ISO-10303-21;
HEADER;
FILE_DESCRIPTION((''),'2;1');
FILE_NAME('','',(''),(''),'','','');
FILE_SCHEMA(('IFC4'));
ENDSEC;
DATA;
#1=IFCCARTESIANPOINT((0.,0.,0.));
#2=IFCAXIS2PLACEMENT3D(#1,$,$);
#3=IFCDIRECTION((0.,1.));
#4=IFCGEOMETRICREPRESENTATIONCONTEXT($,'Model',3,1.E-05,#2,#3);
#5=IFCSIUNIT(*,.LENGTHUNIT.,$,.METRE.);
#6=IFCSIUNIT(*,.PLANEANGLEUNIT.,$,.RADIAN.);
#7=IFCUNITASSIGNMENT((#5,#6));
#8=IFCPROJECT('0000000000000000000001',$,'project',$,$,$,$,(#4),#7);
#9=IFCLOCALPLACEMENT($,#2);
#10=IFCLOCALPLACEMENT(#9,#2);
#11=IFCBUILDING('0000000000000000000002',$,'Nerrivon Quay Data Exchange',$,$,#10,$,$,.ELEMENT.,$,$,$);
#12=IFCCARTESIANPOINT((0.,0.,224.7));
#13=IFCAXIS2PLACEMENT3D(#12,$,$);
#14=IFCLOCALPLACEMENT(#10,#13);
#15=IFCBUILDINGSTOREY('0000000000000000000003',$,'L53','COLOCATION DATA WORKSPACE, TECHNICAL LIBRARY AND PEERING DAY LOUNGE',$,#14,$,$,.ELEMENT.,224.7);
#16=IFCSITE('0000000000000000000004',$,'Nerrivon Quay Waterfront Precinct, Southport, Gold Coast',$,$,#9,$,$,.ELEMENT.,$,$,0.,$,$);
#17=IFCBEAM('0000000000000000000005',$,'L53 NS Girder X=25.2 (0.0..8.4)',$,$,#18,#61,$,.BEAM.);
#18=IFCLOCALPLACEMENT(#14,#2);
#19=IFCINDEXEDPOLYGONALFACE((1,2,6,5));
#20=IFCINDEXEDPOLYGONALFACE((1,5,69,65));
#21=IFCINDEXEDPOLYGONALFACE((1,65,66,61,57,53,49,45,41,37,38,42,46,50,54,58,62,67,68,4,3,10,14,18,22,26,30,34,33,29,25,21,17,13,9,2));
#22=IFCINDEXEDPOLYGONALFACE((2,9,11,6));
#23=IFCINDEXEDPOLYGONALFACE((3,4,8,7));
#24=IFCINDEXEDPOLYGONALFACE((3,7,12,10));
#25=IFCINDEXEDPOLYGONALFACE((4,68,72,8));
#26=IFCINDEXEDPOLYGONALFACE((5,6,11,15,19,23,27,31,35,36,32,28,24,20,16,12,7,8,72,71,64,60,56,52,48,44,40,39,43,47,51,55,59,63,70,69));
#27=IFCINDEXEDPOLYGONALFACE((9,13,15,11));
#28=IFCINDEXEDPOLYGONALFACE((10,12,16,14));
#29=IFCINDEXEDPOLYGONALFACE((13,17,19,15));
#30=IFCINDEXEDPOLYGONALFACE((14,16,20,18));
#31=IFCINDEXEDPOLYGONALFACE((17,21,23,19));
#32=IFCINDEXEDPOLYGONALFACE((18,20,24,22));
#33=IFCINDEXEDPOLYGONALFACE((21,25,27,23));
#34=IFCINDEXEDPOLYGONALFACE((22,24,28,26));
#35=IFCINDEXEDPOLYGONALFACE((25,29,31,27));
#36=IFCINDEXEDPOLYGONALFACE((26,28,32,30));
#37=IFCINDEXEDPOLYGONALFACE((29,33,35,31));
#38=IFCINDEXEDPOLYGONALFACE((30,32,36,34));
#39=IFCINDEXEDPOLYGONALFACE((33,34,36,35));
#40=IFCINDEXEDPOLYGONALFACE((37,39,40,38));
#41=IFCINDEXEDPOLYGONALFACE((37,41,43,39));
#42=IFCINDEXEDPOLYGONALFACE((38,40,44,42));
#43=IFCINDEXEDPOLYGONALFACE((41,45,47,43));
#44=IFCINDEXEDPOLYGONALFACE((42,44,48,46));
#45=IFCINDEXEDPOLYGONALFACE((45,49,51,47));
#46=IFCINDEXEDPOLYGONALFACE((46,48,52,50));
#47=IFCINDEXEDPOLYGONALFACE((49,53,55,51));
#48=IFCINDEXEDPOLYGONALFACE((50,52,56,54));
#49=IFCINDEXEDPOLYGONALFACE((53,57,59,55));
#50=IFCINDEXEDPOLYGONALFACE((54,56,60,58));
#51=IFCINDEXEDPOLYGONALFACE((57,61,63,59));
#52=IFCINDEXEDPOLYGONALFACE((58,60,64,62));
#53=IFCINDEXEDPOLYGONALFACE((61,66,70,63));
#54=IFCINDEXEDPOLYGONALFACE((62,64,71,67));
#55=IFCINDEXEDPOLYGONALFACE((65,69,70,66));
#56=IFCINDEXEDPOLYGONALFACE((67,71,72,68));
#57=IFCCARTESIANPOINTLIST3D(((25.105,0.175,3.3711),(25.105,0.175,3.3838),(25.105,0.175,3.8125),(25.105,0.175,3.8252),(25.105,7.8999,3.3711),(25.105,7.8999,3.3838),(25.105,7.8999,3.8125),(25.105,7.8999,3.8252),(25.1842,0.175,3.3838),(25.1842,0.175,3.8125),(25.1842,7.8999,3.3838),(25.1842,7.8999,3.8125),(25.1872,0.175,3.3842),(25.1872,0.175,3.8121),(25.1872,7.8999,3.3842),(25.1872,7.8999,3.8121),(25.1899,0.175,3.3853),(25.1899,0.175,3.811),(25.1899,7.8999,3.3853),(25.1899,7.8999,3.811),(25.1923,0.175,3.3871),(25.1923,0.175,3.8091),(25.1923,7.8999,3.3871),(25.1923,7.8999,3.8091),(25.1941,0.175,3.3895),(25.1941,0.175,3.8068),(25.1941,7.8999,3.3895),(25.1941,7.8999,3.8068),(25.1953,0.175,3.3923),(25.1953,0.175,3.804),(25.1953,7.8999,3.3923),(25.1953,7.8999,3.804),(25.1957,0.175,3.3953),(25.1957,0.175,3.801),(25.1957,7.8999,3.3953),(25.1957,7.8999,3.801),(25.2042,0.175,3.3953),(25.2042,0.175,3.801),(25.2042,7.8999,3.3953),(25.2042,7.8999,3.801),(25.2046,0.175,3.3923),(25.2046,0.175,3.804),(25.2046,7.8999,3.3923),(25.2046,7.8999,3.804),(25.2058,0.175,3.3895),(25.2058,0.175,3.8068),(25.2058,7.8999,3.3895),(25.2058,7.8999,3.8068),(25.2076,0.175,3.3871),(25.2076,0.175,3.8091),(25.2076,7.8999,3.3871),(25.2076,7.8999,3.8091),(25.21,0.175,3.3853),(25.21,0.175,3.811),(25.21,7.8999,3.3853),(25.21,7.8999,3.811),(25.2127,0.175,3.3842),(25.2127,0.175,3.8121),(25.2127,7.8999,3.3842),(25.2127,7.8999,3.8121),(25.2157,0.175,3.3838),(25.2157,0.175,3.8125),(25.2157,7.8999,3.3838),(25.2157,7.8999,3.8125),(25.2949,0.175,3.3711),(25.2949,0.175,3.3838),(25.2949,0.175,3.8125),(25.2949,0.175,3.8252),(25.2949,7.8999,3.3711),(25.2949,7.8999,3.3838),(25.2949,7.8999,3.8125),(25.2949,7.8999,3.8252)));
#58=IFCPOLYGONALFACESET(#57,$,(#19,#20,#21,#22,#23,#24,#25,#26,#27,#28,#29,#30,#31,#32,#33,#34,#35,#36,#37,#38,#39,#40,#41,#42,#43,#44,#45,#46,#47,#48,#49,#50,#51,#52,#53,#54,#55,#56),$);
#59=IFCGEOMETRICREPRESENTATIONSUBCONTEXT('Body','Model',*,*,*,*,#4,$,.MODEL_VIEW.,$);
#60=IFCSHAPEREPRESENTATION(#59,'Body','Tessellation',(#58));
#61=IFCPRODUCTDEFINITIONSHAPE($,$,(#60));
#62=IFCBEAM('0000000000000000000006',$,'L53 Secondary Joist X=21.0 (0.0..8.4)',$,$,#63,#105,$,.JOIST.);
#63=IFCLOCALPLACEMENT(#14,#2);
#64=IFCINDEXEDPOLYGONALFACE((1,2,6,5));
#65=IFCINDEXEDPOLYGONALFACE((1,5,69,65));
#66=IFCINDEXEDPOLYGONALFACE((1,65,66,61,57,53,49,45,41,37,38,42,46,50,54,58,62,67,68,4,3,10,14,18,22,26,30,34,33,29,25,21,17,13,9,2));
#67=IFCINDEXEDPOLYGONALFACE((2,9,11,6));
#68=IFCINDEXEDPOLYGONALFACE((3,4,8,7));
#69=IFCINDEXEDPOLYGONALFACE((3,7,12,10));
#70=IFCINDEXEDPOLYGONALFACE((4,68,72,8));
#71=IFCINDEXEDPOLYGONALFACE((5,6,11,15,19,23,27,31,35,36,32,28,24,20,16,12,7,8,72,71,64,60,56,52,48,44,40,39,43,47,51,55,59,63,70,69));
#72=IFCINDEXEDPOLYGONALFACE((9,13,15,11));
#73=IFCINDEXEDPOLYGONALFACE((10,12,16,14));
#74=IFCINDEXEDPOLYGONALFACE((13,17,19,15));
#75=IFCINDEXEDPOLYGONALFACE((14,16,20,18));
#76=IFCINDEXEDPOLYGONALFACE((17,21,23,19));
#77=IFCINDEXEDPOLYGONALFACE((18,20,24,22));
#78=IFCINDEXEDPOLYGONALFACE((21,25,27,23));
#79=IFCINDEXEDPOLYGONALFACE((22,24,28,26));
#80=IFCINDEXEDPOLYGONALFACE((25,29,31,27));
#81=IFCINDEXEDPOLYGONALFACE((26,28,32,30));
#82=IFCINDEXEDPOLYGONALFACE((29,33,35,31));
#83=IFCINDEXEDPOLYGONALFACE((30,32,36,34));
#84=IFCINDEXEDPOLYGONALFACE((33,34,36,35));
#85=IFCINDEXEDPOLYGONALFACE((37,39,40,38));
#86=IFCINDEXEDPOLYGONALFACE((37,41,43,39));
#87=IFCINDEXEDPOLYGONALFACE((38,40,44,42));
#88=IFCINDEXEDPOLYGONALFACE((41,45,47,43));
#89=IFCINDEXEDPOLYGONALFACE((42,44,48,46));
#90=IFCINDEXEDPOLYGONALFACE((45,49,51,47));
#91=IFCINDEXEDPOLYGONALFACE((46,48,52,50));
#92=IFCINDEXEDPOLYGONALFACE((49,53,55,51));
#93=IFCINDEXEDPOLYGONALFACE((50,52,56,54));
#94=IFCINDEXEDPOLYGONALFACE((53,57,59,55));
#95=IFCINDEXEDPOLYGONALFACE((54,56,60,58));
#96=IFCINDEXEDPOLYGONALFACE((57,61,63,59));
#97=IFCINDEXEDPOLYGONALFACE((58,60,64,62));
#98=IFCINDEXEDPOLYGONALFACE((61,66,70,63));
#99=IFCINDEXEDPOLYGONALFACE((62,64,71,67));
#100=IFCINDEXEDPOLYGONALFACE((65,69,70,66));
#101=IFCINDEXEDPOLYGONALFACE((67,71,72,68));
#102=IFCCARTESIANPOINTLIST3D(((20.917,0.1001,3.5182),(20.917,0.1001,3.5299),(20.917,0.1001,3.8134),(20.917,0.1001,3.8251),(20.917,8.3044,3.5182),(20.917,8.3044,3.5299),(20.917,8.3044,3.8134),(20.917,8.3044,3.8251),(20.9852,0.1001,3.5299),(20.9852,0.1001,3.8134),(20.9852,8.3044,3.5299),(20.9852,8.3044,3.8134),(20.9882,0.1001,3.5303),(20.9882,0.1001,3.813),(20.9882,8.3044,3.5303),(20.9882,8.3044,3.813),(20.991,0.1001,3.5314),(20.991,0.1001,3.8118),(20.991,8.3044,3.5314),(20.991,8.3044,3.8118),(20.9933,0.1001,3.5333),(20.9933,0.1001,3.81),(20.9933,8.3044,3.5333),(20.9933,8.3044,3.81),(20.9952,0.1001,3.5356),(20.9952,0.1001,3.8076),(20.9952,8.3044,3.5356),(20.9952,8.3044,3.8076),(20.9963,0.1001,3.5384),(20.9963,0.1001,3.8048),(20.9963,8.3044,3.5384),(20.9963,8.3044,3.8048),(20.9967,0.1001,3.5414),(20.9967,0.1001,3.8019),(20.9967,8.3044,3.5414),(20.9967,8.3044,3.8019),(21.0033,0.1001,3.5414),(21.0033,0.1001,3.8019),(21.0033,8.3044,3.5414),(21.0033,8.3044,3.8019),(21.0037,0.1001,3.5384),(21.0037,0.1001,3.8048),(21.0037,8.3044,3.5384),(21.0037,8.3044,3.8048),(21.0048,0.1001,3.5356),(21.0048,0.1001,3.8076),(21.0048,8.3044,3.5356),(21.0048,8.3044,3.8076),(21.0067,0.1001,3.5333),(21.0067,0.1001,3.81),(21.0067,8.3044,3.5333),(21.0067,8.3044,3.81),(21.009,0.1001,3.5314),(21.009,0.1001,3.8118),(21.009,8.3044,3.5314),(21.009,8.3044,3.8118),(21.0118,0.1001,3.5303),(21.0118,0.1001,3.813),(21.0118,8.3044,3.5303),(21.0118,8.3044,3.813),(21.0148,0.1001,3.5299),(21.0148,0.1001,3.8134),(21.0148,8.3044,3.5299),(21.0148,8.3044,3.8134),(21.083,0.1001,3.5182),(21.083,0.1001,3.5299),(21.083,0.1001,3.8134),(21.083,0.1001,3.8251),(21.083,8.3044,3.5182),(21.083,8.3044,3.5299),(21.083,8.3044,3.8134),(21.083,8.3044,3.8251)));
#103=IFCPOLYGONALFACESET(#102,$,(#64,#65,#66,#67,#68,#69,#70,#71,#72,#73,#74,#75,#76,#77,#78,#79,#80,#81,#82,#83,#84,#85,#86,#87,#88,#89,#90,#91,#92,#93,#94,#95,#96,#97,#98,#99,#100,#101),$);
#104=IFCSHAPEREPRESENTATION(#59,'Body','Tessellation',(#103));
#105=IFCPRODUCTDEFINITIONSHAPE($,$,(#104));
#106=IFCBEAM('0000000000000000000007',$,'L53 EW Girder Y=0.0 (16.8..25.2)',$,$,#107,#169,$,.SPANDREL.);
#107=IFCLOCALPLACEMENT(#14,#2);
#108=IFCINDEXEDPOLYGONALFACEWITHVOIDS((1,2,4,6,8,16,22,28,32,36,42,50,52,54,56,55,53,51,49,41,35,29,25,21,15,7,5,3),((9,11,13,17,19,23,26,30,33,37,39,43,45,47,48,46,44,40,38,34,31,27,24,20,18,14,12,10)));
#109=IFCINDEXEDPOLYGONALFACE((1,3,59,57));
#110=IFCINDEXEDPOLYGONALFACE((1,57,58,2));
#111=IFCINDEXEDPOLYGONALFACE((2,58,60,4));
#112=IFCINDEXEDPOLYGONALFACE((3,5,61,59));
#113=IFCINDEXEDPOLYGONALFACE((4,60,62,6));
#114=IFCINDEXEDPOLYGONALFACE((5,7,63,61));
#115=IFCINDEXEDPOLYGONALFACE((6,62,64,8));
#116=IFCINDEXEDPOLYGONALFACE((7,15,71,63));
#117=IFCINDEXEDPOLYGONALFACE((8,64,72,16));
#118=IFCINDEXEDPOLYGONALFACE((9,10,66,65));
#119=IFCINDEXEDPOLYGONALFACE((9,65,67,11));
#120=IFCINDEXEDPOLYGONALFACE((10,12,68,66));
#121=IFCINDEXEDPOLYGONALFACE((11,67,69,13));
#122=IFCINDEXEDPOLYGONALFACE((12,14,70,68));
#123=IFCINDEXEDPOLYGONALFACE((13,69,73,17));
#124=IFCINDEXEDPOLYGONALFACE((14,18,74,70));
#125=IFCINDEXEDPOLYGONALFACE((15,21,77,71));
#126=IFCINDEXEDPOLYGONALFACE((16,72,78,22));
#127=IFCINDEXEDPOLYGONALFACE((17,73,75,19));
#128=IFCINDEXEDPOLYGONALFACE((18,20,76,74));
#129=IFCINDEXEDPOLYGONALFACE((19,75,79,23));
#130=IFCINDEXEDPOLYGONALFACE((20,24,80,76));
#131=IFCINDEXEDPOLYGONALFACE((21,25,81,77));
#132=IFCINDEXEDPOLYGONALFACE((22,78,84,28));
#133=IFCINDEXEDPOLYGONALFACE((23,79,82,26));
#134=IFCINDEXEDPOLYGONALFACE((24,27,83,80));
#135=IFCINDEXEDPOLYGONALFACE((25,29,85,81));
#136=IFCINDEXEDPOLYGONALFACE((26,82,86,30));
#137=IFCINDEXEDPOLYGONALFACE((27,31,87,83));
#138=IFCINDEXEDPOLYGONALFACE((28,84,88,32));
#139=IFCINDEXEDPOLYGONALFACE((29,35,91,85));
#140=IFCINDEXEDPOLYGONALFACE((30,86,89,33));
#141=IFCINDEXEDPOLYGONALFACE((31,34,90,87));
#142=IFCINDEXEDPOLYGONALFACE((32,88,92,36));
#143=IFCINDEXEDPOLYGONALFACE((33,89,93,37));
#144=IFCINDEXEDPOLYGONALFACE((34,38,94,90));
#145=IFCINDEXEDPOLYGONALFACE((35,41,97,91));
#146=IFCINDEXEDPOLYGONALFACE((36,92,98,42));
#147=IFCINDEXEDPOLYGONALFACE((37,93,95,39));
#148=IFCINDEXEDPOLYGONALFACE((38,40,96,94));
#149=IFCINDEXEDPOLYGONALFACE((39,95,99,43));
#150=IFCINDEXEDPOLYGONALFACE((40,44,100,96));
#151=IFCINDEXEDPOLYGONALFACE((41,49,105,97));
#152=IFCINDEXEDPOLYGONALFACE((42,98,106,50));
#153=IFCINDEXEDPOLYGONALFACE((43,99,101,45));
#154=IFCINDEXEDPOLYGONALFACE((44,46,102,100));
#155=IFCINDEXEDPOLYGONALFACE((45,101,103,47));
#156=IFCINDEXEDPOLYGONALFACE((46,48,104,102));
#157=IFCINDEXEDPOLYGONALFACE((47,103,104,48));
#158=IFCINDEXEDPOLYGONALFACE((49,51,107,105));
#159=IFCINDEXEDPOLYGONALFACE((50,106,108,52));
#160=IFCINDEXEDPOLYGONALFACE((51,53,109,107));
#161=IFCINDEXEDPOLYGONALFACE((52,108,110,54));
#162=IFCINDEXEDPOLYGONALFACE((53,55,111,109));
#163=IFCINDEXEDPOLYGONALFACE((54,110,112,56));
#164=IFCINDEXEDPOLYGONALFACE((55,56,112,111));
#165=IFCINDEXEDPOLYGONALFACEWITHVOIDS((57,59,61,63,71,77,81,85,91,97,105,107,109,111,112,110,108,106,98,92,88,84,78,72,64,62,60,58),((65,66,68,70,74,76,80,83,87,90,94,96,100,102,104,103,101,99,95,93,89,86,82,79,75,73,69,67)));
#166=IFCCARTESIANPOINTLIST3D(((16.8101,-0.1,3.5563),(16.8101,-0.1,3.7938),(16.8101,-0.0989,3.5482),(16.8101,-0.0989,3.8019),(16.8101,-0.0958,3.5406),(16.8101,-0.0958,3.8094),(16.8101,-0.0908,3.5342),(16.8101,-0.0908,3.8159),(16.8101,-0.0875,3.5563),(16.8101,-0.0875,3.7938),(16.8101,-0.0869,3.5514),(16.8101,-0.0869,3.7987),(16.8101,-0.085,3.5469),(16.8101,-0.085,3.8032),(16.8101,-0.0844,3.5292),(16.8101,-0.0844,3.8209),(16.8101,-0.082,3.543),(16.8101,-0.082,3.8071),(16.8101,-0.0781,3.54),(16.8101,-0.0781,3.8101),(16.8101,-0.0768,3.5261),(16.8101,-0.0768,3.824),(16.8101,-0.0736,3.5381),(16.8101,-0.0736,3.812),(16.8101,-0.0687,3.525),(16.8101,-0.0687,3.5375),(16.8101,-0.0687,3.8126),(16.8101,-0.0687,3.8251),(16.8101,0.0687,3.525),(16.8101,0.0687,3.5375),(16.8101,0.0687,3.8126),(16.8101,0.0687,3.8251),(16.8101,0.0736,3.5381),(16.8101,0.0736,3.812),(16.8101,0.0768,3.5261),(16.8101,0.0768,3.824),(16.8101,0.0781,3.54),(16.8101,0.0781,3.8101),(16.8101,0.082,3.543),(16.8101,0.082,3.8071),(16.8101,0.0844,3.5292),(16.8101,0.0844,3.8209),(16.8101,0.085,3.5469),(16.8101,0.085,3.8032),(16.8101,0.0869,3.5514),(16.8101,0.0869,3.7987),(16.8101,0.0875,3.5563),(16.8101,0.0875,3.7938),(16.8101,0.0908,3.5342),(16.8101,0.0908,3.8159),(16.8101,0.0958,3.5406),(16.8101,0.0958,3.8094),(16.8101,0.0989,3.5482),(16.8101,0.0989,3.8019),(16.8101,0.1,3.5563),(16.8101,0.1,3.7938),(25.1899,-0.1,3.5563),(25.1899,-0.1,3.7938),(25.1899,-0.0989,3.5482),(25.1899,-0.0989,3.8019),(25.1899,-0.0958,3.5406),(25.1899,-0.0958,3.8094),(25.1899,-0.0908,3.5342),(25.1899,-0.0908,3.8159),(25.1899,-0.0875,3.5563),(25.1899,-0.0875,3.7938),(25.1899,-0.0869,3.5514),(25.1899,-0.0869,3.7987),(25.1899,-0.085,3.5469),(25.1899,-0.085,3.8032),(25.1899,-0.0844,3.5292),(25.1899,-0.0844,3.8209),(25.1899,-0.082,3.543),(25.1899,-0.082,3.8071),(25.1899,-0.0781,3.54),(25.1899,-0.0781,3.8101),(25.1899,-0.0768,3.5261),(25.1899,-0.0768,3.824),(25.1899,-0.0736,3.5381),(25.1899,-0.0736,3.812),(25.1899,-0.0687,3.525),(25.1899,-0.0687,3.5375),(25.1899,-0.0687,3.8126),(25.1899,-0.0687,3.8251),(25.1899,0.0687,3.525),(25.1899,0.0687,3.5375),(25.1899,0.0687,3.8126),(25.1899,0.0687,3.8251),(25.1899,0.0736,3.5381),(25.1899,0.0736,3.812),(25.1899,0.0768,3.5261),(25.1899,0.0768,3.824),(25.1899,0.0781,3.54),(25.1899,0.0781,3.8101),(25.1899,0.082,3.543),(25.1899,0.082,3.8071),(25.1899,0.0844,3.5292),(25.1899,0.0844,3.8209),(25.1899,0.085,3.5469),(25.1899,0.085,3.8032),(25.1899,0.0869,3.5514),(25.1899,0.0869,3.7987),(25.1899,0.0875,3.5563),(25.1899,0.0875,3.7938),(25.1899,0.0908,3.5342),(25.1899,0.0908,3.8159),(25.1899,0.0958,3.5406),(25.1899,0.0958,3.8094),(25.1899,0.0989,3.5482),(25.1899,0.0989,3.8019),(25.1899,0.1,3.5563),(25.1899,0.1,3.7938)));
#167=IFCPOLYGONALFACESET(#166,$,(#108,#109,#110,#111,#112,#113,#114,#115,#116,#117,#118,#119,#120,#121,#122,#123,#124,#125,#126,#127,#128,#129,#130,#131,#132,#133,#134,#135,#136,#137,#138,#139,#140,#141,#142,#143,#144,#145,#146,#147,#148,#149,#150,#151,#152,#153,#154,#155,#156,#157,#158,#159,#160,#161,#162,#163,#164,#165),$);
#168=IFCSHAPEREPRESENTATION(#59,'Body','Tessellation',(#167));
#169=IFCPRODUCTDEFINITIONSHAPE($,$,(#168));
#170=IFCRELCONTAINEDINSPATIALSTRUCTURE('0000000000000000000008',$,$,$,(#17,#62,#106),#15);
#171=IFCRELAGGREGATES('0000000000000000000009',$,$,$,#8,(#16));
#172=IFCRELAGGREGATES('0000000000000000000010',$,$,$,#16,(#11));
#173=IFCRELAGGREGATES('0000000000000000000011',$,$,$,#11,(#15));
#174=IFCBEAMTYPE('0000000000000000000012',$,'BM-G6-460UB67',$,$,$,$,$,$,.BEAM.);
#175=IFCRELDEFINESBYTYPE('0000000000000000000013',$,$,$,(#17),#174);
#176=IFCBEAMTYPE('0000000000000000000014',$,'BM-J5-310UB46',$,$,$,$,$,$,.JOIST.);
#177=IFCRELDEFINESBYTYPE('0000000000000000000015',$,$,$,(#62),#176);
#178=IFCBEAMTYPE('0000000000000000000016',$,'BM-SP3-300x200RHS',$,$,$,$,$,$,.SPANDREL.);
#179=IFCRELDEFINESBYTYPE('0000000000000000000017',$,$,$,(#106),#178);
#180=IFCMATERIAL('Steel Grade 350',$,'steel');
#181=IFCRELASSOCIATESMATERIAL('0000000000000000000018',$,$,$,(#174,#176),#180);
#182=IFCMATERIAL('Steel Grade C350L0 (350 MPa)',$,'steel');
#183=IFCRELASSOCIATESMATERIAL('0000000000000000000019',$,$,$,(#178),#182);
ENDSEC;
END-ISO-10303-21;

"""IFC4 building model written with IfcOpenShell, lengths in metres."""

from ifc_helpers import new_model, si_unit, direction, frame, origin, origin_2d, place, context, subcontext, project, spatial, hollow_rectangle, i_section, extrude, material, material_profile, profile_set, type_object, element, save


model = new_model("IFC4")

# Units and contexts
model_context = context("Model", 3, precision=1e-05, world=origin(), true_north=direction((0.0, 1.0)))
body_context = subcontext(model_context, "Body", "Model", "MODEL_VIEW")
ifc_project = project(units=[si_unit("LENGTHUNIT", "METRE"), si_unit("PLANEANGLEUNIT", "RADIAN")], contexts=[model_context])

# Site, building, storey
site_placement = place(None, origin())
site = spatial("IfcSite", under=ifc_project, at=site_placement, Name="Nerrivon Quay Waterfront Precinct, Southport, Gold Coast", CompositionType="ELEMENT", RefElevation=0.0)
building_placement = place(site_placement, origin())
building = spatial("IfcBuilding", under=site, at=building_placement, Name="Nerrivon Quay Data Exchange", CompositionType="ELEMENT")
storey_placement = place(building_placement, frame((0.0, 0.0, 224.7)))
storey = spatial("IfcBuildingStorey", under=building, at=storey_placement, Name="L53", Description="COLOCATION DATA WORKSPACE, TECHNICAL LIBRARY AND PEERING DAY LOUNGE", CompositionType="ELEMENT", Elevation=224.7)

# Shared definitions
ifc_material_1 = material(Name="Steel Grade 350", Category="steel")

# Beams
ifc_material_profile_1 = material_profile(ifc_material_1, i_section(OverallWidth=0.1899, OverallDepth=0.4541, WebThickness=0.0085, FlangeThickness=0.0127, FilletRadius=0.0115, at=origin_2d()), Name="460UB67.1")
ifc_profile_set_1 = profile_set([ifc_material_profile_1], Name="Steel Grade 350")
beam_type_1 = type_object("IfcBeamType", Name="BM-G6-460UB67", PredefinedType="BEAM", material=ifc_profile_set_1)
for number, where, z_axis, x_axis, name in (
    (1, (25.2, 0.175, 3.5981), (0.0, 1.0, 0.0), (-1.0, 0.0, 0.0), "L53 NS Girder X=25.2 (0.0..8.4)"),
):
    element("IfcBeam", number, at=place(storey_placement, frame(where, z_axis=z_axis, x_axis=x_axis)), inside=storey, type_object=beam_type_1, Name=name, PredefinedType="BEAM", context=body_context, shape_type="SweptSolid", body=[
        extrude(i_section(OverallWidth=0.1899, OverallDepth=0.4541, WebThickness=0.0085, FlangeThickness=0.0127, FilletRadius=0.0115, at=origin_2d()), origin(), (0.0, 0.0, 1.0), 7.7249),
    ])
ifc_material_profile_2 = material_profile(ifc_material_1, i_section(OverallWidth=0.166, OverallDepth=0.3069, WebThickness=0.0066, FlangeThickness=0.0117, FilletRadius=0.0115, at=origin_2d()), Name="310UB46.2")
ifc_profile_set_2 = profile_set([ifc_material_profile_2], Name="Steel Grade 350")
beam_type_2 = type_object("IfcBeamType", Name="BM-J5-310UB46", PredefinedType="JOIST", material=ifc_profile_set_2)
beam_1_placement = place(storey_placement, frame((21.0, 0.1001, 3.6716), z_axis=(0.0, 1.0, 0.0), x_axis=(-1.0, 0.0, 0.0)))
element("IfcBeam", 2, at=beam_1_placement, inside=storey, type_object=beam_type_2, Name="L53 Secondary Joist X=21.0 (0.0..8.4)", PredefinedType="JOIST", context=body_context, shape_type="SweptSolid", body=[
    extrude(i_section(OverallWidth=0.166, OverallDepth=0.3069, WebThickness=0.0066, FlangeThickness=0.0117, FilletRadius=0.0115, at=origin_2d()), origin(), (0.0, 0.0, 1.0), 8.2043),
])
ifc_material_2 = material(Name="Steel Grade C350L0 (350 MPa)", Category="steel")
ifc_material_profile_3 = material_profile(ifc_material_2, hollow_rectangle(XDim=0.2, YDim=0.3, WallThickness=0.0125, InnerFilletRadius=0.0188, OuterFilletRadius=0.0312, at=origin_2d()), Name="300x200x12.5RHS")
ifc_profile_set_3 = profile_set([ifc_material_profile_3], Name="Steel Grade C350L0 (350 MPa)")
beam_type_3 = type_object("IfcBeamType", Name="BM-SP3-300x200RHS", PredefinedType="SPANDREL", material=ifc_profile_set_3)
beam_2_placement = place(storey_placement, frame((16.8101, 0.0, 3.675), z_axis=(1.0, 0.0, 0.0), x_axis=(0.0, 1.0, 0.0)))
element("IfcBeam", 3, at=beam_2_placement, inside=storey, type_object=beam_type_3, Name="L53 EW Girder Y=0.0 (16.8..25.2)", PredefinedType="SPANDREL", context=body_context, shape_type="SweptSolid", body=[
    extrude(hollow_rectangle(XDim=0.2, YDim=0.3, WallThickness=0.0125, InnerFilletRadius=0.0188, OuterFilletRadius=0.0312, at=origin_2d()), origin(), (0.0, 0.0, 1.0), 8.3799),
])

save(model, "model.ifc")
